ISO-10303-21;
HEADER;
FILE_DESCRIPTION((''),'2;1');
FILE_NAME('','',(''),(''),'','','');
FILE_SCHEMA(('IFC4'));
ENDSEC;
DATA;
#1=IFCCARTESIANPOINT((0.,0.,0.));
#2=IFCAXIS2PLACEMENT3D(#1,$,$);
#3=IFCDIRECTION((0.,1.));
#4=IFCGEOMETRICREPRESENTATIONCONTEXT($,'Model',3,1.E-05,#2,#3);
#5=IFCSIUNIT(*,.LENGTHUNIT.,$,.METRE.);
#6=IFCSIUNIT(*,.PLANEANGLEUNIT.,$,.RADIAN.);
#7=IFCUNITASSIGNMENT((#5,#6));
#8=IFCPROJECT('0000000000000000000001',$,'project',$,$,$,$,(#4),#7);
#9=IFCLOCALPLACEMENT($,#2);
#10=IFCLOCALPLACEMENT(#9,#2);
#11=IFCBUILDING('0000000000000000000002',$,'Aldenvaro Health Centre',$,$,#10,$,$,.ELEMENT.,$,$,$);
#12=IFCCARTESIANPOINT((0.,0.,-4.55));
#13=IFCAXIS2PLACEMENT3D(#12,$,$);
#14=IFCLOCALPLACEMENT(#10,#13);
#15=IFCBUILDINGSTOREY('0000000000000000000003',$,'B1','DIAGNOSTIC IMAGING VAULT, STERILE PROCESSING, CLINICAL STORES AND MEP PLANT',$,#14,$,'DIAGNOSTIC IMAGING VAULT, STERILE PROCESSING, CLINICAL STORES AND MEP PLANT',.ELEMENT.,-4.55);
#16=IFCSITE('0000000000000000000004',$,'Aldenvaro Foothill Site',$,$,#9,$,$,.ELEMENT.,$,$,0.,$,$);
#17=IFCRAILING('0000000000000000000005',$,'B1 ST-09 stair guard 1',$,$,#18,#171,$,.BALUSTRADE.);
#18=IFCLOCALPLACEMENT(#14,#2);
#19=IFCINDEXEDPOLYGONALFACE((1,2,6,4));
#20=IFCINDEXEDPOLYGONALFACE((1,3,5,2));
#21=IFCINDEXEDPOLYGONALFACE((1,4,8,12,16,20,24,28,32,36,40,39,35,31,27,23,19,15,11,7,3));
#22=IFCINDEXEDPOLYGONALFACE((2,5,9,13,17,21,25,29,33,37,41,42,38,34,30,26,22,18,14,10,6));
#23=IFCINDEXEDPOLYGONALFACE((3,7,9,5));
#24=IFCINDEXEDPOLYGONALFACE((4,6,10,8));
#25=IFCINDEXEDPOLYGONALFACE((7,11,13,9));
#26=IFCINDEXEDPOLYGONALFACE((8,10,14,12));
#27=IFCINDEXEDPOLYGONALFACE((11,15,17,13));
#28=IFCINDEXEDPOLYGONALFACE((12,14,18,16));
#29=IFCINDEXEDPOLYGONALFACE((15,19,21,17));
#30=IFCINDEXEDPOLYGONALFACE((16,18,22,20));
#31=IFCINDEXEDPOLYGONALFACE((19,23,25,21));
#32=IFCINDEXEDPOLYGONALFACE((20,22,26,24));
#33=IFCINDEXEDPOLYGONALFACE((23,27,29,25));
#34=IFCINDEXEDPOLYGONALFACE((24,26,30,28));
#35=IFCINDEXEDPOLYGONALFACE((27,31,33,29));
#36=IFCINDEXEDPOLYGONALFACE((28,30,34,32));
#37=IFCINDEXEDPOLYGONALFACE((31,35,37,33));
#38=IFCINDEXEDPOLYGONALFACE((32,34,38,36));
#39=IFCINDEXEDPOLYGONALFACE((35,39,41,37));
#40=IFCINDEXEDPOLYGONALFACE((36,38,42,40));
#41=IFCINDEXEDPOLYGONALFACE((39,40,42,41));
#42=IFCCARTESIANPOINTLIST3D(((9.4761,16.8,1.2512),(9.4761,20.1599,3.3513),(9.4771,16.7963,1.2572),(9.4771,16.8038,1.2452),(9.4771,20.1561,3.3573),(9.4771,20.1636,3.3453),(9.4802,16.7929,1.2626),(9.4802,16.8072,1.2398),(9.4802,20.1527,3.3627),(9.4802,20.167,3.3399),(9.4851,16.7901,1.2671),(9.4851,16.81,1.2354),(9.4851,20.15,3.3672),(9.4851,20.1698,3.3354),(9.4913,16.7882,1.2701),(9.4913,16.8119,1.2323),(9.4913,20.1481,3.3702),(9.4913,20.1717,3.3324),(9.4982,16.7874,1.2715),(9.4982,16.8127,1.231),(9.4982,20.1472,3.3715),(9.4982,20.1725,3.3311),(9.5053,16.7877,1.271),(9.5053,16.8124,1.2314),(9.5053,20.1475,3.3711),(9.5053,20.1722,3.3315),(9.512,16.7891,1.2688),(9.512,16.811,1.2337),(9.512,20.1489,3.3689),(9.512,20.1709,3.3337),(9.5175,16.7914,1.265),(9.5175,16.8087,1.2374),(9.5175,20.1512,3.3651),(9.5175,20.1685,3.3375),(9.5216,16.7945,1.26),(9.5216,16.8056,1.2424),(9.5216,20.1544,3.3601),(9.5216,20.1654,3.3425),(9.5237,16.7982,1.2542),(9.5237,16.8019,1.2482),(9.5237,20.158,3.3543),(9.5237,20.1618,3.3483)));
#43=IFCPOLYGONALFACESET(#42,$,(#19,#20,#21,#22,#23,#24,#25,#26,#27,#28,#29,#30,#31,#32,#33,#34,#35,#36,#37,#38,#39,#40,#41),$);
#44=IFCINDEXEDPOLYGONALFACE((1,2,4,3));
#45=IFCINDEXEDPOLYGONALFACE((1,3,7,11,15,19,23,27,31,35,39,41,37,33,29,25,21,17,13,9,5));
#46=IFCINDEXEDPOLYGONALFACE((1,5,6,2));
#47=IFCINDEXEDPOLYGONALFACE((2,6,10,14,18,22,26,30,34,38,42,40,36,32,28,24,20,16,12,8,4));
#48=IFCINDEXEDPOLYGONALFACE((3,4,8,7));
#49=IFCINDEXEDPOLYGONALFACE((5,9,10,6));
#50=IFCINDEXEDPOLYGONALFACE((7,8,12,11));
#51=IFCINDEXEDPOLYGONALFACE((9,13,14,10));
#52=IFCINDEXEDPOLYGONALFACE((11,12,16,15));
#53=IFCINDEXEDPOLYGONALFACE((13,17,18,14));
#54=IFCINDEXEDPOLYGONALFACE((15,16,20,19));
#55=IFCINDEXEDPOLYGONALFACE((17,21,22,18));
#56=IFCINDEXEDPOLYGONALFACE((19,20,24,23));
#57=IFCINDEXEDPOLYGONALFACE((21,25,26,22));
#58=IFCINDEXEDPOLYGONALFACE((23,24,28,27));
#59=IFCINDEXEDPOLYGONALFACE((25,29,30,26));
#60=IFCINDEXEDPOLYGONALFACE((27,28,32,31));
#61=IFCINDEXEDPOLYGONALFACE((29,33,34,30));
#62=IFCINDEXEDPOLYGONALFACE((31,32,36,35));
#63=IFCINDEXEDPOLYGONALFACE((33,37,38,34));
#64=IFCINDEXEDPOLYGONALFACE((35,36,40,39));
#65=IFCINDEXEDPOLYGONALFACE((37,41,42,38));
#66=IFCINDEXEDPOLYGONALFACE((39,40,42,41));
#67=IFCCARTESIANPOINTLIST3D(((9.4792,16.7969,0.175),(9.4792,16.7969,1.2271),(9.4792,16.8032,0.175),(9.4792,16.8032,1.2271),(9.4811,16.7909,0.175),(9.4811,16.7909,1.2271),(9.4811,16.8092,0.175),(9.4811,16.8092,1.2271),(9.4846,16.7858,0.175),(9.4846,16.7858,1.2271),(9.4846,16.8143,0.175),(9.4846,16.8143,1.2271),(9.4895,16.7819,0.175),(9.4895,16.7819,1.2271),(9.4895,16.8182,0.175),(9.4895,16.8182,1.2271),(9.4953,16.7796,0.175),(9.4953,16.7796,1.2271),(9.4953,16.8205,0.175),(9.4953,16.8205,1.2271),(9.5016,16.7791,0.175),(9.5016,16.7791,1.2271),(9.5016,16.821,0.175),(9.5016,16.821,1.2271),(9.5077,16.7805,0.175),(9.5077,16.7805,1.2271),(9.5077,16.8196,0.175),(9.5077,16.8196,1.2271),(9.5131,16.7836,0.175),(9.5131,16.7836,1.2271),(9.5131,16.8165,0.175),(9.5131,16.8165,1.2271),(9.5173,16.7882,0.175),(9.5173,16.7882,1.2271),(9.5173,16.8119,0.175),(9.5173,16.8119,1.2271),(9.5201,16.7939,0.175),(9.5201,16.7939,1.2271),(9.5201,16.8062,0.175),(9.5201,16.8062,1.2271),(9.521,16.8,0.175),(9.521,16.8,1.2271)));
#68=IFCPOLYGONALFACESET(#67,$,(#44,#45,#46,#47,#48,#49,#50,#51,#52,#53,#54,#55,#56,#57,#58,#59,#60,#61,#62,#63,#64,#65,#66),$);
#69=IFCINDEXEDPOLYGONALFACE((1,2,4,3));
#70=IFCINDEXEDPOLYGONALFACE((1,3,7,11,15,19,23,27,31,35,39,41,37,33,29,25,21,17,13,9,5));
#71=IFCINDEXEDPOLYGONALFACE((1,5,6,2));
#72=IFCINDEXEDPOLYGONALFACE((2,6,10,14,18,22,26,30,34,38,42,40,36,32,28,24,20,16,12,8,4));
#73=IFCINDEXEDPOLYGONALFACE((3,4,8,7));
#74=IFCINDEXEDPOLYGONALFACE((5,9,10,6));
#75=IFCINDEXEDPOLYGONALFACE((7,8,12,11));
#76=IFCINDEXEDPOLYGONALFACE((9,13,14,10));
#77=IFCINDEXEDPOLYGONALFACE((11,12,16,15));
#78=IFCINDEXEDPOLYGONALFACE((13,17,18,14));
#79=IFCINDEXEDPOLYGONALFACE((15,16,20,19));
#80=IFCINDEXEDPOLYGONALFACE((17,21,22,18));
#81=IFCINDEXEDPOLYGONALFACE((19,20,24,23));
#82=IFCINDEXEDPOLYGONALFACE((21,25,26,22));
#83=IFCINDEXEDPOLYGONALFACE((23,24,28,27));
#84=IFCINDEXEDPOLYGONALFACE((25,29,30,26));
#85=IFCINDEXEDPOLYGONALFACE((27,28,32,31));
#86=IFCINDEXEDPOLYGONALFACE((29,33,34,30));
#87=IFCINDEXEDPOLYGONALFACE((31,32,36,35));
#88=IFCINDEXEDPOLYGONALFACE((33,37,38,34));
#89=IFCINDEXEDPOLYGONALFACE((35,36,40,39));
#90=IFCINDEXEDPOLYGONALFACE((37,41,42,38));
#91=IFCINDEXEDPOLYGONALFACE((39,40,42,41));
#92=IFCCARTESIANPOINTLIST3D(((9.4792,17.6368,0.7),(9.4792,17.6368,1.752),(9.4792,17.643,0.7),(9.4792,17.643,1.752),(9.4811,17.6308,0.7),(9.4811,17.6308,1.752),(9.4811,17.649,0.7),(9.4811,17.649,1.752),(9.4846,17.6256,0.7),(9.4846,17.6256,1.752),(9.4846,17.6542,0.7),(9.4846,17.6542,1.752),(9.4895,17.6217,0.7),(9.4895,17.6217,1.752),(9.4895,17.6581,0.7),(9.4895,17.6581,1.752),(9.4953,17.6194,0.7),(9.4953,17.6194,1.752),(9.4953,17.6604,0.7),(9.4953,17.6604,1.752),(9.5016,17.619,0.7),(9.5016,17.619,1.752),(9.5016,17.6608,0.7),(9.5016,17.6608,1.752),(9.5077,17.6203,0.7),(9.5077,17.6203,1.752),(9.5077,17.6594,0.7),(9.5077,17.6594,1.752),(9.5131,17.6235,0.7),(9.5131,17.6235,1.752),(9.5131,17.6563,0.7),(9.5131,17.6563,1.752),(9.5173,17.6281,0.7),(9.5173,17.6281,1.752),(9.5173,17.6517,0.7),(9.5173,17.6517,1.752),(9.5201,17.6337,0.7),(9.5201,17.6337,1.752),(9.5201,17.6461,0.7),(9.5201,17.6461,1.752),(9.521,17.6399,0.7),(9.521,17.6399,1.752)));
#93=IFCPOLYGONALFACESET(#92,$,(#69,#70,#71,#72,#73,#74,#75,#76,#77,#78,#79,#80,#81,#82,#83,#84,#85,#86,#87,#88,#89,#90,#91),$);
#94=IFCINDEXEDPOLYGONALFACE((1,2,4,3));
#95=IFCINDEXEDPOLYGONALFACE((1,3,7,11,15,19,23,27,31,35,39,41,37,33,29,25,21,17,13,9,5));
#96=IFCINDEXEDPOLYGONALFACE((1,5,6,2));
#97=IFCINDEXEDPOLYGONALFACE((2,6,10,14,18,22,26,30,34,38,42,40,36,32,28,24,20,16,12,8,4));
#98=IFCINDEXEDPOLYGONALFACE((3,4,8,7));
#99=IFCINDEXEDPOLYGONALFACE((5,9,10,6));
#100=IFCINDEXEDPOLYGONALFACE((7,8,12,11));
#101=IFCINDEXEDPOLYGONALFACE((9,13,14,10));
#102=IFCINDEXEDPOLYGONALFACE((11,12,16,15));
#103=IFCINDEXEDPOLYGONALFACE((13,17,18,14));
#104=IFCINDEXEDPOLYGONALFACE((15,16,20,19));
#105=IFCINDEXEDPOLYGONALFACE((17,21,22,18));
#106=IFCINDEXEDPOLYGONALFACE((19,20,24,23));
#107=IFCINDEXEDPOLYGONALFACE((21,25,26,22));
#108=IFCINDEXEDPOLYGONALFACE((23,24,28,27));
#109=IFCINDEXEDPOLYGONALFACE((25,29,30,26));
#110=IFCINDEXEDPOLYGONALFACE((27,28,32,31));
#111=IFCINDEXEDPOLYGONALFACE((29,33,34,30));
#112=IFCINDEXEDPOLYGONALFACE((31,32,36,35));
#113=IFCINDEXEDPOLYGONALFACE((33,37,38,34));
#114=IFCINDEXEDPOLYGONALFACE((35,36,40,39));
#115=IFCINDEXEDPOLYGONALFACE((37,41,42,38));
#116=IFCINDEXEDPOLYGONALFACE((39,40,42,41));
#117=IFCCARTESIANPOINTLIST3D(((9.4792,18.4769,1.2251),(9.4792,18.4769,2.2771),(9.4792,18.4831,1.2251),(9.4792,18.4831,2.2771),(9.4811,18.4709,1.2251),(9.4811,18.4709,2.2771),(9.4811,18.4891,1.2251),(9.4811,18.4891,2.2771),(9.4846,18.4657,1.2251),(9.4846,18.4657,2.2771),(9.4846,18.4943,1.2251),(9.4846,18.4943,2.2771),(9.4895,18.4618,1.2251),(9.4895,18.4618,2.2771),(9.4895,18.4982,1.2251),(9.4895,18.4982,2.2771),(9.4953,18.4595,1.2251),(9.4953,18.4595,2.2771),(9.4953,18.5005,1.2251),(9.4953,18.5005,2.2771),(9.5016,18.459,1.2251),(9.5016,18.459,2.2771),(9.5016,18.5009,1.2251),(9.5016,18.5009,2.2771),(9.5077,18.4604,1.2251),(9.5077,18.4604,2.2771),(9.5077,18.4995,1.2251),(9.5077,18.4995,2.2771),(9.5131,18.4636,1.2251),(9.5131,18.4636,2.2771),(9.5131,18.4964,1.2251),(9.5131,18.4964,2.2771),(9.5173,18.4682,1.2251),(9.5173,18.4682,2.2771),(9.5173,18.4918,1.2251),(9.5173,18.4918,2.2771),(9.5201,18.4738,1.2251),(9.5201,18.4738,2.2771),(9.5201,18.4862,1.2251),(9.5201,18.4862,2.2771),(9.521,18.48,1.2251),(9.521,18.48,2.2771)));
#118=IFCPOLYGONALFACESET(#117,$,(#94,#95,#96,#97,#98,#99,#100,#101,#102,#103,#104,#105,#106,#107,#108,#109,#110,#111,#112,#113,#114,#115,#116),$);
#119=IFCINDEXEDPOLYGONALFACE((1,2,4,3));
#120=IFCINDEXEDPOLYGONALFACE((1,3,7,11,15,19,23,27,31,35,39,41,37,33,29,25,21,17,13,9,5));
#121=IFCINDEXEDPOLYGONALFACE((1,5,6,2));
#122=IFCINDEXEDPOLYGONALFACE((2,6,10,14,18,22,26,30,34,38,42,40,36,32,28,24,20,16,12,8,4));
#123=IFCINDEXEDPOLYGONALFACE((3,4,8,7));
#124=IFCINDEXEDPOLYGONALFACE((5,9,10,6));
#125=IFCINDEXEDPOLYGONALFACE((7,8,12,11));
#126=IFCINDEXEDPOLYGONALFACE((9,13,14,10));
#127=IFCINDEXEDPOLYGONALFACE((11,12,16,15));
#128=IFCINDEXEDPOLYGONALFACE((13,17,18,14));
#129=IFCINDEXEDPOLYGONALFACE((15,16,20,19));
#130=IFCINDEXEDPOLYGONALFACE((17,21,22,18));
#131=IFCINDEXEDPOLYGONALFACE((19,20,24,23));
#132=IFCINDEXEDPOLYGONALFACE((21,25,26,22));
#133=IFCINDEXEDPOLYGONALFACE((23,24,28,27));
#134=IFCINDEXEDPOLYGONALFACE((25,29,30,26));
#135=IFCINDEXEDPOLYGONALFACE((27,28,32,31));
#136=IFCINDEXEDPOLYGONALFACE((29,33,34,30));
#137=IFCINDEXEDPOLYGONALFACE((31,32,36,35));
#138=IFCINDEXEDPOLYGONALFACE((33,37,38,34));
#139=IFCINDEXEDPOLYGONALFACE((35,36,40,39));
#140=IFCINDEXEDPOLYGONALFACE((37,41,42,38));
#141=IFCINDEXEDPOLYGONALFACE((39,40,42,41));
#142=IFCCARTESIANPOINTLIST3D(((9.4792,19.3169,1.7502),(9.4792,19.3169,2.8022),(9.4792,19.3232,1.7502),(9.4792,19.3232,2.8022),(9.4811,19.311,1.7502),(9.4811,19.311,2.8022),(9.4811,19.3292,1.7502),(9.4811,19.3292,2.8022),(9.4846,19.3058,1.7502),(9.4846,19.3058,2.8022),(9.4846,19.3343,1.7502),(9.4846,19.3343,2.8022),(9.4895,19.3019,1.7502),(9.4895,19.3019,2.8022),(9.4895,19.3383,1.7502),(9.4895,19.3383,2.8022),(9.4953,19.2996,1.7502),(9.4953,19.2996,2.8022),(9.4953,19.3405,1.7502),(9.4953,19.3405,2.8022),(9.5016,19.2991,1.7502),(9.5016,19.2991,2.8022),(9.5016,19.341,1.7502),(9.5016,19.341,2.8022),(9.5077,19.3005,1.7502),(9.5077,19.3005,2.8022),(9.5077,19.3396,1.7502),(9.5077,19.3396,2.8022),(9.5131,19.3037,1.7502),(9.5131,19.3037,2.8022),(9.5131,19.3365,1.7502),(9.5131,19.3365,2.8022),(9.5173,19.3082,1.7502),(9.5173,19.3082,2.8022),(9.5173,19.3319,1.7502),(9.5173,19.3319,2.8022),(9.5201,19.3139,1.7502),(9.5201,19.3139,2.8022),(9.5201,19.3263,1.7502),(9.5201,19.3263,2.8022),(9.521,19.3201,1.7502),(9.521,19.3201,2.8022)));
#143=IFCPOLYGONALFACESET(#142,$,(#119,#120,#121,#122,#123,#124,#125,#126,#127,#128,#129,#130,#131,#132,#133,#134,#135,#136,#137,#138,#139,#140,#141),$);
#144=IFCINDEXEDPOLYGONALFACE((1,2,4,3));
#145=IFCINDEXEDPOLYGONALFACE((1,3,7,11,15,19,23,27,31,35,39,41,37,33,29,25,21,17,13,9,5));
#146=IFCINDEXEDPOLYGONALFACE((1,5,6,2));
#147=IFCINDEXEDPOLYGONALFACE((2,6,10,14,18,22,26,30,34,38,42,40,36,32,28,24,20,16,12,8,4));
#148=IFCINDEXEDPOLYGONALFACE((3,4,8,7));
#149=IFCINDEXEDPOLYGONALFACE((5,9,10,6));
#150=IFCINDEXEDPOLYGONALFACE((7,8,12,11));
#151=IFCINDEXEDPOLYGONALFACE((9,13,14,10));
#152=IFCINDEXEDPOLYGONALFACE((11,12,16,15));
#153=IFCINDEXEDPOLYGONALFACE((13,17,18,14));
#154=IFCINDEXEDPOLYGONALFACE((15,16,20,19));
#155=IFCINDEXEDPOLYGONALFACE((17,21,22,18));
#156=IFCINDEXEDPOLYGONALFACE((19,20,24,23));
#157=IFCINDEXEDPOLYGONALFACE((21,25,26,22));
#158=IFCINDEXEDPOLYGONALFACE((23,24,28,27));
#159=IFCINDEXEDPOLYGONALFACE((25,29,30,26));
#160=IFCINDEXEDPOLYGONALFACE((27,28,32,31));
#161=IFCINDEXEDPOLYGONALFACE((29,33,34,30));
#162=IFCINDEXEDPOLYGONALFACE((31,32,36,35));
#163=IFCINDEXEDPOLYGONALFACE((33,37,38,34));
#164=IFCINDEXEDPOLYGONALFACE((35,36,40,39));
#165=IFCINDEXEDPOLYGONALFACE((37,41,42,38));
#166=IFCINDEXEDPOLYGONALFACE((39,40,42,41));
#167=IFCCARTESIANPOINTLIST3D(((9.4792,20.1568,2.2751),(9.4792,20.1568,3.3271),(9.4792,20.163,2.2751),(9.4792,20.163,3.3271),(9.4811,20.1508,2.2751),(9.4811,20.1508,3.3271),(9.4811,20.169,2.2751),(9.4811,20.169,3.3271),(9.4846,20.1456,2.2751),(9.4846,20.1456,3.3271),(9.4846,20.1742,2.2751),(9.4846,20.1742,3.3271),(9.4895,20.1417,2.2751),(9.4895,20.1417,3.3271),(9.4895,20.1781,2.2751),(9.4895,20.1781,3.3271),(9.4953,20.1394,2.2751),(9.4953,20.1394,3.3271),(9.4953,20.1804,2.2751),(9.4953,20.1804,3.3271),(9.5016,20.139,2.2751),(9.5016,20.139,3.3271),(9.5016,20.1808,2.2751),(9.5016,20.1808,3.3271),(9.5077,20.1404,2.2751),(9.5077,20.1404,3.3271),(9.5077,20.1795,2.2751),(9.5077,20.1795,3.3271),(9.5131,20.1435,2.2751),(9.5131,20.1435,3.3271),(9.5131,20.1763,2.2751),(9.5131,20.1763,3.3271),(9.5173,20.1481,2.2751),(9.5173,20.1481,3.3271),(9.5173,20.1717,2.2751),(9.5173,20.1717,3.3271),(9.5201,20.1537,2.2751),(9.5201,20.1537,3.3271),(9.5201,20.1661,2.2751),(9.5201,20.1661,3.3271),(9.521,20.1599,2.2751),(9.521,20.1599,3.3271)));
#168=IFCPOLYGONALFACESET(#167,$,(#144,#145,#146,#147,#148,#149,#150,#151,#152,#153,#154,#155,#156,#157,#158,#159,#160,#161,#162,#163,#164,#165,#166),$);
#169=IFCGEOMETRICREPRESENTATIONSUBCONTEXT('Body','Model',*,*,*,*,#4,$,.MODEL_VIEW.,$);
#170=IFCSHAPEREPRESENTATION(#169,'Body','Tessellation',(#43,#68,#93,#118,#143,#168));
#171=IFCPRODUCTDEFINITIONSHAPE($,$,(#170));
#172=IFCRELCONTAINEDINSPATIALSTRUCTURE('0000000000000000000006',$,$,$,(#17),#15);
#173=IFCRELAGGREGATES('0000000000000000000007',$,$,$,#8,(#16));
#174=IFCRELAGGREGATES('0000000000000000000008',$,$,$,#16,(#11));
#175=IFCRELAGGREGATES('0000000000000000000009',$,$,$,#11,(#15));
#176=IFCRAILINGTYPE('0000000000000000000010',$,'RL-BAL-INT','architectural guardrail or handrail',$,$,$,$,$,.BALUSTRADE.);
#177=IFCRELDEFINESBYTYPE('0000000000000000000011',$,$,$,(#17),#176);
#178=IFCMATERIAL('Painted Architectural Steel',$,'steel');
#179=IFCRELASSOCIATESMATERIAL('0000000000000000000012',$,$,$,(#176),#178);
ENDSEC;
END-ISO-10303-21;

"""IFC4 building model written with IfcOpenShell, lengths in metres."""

from ifc_helpers import new_model, si_unit, direction, frame, origin, origin_2d, place, context, subcontext, project, spatial, circle, extrude, material, type_object, element, save


model = new_model("IFC4")

# Units and contexts
model_context = context("Model", 3, precision=1e-05, world=origin(), true_north=direction((0.0, 1.0)))
body_context = subcontext(model_context, "Body", "Model", "MODEL_VIEW")
ifc_project = project(units=[si_unit("LENGTHUNIT", "METRE"), si_unit("PLANEANGLEUNIT", "RADIAN")], contexts=[model_context])

# Site, building, storey
site_placement = place(None, origin())
site = spatial("IfcSite", under=ifc_project, at=site_placement, Name="Aldenvaro Foothill Site", CompositionType="ELEMENT", RefElevation=0.0)
building_placement = place(site_placement, origin())
building = spatial("IfcBuilding", under=site, at=building_placement, Name="Aldenvaro Health Centre", CompositionType="ELEMENT")
storey_placement = place(building_placement, frame((0.0, 0.0, -4.55)))
storey = spatial("IfcBuildingStorey", under=building, at=storey_placement, Name="B1", Description="DIAGNOSTIC IMAGING VAULT, STERILE PROCESSING, CLINICAL STORES AND MEP PLANT", LongName="DIAGNOSTIC IMAGING VAULT, STERILE PROCESSING, CLINICAL STORES AND MEP PLANT", CompositionType="ELEMENT", Elevation=-4.55)

# Railing
ifc_material_1 = material(Name="Painted Architectural Steel", Category="steel")
railing_type_1 = type_object("IfcRailingType", Name="RL-BAL-INT", Description="architectural guardrail or handrail", PredefinedType="BALUSTRADE", material=ifc_material_1)
railing_1_placement = place(storey_placement, frame((9.5, 16.8, 0.175)))
element("IfcRailing", 1, at=railing_1_placement, inside=storey, type_object=railing_type_1, Name="B1 ST-09 stair guard 1", PredefinedType="BALUSTRADE", context=body_context, shape_type="SweptSolid", body=[
    extrude(circle(Radius=0.0239, at=origin_2d()), frame((0.0, 0.0, 1.0762), z_axis=(0.0, 0.847978, 0.530032), x_axis=(-1.0, 0.0, 0.0)), (0.0, 0.0, 1.0), 3.9622),
    extrude(circle(Radius=0.021, at=origin_2d()), origin(), (0.0, 0.0, 1.0), 1.052),
    extrude(circle(Radius=0.021, at=origin_2d()), frame((0.0, 0.8398, 0.5249)), (0.0, 0.0, 1.0), 1.052),
    extrude(circle(Radius=0.021, at=origin_2d()), frame((0.0, 1.6799, 1.05)), (0.0, 0.0, 1.0), 1.052),
    extrude(circle(Radius=0.021, at=origin_2d()), frame((0.0, 2.52, 1.5752)), (0.0, 0.0, 1.0), 1.052),
    extrude(circle(Radius=0.021, at=origin_2d()), frame((0.0, 3.3599, 2.1001)), (0.0, 0.0, 1.0), 1.052),
])

save(model, "model.ifc")
